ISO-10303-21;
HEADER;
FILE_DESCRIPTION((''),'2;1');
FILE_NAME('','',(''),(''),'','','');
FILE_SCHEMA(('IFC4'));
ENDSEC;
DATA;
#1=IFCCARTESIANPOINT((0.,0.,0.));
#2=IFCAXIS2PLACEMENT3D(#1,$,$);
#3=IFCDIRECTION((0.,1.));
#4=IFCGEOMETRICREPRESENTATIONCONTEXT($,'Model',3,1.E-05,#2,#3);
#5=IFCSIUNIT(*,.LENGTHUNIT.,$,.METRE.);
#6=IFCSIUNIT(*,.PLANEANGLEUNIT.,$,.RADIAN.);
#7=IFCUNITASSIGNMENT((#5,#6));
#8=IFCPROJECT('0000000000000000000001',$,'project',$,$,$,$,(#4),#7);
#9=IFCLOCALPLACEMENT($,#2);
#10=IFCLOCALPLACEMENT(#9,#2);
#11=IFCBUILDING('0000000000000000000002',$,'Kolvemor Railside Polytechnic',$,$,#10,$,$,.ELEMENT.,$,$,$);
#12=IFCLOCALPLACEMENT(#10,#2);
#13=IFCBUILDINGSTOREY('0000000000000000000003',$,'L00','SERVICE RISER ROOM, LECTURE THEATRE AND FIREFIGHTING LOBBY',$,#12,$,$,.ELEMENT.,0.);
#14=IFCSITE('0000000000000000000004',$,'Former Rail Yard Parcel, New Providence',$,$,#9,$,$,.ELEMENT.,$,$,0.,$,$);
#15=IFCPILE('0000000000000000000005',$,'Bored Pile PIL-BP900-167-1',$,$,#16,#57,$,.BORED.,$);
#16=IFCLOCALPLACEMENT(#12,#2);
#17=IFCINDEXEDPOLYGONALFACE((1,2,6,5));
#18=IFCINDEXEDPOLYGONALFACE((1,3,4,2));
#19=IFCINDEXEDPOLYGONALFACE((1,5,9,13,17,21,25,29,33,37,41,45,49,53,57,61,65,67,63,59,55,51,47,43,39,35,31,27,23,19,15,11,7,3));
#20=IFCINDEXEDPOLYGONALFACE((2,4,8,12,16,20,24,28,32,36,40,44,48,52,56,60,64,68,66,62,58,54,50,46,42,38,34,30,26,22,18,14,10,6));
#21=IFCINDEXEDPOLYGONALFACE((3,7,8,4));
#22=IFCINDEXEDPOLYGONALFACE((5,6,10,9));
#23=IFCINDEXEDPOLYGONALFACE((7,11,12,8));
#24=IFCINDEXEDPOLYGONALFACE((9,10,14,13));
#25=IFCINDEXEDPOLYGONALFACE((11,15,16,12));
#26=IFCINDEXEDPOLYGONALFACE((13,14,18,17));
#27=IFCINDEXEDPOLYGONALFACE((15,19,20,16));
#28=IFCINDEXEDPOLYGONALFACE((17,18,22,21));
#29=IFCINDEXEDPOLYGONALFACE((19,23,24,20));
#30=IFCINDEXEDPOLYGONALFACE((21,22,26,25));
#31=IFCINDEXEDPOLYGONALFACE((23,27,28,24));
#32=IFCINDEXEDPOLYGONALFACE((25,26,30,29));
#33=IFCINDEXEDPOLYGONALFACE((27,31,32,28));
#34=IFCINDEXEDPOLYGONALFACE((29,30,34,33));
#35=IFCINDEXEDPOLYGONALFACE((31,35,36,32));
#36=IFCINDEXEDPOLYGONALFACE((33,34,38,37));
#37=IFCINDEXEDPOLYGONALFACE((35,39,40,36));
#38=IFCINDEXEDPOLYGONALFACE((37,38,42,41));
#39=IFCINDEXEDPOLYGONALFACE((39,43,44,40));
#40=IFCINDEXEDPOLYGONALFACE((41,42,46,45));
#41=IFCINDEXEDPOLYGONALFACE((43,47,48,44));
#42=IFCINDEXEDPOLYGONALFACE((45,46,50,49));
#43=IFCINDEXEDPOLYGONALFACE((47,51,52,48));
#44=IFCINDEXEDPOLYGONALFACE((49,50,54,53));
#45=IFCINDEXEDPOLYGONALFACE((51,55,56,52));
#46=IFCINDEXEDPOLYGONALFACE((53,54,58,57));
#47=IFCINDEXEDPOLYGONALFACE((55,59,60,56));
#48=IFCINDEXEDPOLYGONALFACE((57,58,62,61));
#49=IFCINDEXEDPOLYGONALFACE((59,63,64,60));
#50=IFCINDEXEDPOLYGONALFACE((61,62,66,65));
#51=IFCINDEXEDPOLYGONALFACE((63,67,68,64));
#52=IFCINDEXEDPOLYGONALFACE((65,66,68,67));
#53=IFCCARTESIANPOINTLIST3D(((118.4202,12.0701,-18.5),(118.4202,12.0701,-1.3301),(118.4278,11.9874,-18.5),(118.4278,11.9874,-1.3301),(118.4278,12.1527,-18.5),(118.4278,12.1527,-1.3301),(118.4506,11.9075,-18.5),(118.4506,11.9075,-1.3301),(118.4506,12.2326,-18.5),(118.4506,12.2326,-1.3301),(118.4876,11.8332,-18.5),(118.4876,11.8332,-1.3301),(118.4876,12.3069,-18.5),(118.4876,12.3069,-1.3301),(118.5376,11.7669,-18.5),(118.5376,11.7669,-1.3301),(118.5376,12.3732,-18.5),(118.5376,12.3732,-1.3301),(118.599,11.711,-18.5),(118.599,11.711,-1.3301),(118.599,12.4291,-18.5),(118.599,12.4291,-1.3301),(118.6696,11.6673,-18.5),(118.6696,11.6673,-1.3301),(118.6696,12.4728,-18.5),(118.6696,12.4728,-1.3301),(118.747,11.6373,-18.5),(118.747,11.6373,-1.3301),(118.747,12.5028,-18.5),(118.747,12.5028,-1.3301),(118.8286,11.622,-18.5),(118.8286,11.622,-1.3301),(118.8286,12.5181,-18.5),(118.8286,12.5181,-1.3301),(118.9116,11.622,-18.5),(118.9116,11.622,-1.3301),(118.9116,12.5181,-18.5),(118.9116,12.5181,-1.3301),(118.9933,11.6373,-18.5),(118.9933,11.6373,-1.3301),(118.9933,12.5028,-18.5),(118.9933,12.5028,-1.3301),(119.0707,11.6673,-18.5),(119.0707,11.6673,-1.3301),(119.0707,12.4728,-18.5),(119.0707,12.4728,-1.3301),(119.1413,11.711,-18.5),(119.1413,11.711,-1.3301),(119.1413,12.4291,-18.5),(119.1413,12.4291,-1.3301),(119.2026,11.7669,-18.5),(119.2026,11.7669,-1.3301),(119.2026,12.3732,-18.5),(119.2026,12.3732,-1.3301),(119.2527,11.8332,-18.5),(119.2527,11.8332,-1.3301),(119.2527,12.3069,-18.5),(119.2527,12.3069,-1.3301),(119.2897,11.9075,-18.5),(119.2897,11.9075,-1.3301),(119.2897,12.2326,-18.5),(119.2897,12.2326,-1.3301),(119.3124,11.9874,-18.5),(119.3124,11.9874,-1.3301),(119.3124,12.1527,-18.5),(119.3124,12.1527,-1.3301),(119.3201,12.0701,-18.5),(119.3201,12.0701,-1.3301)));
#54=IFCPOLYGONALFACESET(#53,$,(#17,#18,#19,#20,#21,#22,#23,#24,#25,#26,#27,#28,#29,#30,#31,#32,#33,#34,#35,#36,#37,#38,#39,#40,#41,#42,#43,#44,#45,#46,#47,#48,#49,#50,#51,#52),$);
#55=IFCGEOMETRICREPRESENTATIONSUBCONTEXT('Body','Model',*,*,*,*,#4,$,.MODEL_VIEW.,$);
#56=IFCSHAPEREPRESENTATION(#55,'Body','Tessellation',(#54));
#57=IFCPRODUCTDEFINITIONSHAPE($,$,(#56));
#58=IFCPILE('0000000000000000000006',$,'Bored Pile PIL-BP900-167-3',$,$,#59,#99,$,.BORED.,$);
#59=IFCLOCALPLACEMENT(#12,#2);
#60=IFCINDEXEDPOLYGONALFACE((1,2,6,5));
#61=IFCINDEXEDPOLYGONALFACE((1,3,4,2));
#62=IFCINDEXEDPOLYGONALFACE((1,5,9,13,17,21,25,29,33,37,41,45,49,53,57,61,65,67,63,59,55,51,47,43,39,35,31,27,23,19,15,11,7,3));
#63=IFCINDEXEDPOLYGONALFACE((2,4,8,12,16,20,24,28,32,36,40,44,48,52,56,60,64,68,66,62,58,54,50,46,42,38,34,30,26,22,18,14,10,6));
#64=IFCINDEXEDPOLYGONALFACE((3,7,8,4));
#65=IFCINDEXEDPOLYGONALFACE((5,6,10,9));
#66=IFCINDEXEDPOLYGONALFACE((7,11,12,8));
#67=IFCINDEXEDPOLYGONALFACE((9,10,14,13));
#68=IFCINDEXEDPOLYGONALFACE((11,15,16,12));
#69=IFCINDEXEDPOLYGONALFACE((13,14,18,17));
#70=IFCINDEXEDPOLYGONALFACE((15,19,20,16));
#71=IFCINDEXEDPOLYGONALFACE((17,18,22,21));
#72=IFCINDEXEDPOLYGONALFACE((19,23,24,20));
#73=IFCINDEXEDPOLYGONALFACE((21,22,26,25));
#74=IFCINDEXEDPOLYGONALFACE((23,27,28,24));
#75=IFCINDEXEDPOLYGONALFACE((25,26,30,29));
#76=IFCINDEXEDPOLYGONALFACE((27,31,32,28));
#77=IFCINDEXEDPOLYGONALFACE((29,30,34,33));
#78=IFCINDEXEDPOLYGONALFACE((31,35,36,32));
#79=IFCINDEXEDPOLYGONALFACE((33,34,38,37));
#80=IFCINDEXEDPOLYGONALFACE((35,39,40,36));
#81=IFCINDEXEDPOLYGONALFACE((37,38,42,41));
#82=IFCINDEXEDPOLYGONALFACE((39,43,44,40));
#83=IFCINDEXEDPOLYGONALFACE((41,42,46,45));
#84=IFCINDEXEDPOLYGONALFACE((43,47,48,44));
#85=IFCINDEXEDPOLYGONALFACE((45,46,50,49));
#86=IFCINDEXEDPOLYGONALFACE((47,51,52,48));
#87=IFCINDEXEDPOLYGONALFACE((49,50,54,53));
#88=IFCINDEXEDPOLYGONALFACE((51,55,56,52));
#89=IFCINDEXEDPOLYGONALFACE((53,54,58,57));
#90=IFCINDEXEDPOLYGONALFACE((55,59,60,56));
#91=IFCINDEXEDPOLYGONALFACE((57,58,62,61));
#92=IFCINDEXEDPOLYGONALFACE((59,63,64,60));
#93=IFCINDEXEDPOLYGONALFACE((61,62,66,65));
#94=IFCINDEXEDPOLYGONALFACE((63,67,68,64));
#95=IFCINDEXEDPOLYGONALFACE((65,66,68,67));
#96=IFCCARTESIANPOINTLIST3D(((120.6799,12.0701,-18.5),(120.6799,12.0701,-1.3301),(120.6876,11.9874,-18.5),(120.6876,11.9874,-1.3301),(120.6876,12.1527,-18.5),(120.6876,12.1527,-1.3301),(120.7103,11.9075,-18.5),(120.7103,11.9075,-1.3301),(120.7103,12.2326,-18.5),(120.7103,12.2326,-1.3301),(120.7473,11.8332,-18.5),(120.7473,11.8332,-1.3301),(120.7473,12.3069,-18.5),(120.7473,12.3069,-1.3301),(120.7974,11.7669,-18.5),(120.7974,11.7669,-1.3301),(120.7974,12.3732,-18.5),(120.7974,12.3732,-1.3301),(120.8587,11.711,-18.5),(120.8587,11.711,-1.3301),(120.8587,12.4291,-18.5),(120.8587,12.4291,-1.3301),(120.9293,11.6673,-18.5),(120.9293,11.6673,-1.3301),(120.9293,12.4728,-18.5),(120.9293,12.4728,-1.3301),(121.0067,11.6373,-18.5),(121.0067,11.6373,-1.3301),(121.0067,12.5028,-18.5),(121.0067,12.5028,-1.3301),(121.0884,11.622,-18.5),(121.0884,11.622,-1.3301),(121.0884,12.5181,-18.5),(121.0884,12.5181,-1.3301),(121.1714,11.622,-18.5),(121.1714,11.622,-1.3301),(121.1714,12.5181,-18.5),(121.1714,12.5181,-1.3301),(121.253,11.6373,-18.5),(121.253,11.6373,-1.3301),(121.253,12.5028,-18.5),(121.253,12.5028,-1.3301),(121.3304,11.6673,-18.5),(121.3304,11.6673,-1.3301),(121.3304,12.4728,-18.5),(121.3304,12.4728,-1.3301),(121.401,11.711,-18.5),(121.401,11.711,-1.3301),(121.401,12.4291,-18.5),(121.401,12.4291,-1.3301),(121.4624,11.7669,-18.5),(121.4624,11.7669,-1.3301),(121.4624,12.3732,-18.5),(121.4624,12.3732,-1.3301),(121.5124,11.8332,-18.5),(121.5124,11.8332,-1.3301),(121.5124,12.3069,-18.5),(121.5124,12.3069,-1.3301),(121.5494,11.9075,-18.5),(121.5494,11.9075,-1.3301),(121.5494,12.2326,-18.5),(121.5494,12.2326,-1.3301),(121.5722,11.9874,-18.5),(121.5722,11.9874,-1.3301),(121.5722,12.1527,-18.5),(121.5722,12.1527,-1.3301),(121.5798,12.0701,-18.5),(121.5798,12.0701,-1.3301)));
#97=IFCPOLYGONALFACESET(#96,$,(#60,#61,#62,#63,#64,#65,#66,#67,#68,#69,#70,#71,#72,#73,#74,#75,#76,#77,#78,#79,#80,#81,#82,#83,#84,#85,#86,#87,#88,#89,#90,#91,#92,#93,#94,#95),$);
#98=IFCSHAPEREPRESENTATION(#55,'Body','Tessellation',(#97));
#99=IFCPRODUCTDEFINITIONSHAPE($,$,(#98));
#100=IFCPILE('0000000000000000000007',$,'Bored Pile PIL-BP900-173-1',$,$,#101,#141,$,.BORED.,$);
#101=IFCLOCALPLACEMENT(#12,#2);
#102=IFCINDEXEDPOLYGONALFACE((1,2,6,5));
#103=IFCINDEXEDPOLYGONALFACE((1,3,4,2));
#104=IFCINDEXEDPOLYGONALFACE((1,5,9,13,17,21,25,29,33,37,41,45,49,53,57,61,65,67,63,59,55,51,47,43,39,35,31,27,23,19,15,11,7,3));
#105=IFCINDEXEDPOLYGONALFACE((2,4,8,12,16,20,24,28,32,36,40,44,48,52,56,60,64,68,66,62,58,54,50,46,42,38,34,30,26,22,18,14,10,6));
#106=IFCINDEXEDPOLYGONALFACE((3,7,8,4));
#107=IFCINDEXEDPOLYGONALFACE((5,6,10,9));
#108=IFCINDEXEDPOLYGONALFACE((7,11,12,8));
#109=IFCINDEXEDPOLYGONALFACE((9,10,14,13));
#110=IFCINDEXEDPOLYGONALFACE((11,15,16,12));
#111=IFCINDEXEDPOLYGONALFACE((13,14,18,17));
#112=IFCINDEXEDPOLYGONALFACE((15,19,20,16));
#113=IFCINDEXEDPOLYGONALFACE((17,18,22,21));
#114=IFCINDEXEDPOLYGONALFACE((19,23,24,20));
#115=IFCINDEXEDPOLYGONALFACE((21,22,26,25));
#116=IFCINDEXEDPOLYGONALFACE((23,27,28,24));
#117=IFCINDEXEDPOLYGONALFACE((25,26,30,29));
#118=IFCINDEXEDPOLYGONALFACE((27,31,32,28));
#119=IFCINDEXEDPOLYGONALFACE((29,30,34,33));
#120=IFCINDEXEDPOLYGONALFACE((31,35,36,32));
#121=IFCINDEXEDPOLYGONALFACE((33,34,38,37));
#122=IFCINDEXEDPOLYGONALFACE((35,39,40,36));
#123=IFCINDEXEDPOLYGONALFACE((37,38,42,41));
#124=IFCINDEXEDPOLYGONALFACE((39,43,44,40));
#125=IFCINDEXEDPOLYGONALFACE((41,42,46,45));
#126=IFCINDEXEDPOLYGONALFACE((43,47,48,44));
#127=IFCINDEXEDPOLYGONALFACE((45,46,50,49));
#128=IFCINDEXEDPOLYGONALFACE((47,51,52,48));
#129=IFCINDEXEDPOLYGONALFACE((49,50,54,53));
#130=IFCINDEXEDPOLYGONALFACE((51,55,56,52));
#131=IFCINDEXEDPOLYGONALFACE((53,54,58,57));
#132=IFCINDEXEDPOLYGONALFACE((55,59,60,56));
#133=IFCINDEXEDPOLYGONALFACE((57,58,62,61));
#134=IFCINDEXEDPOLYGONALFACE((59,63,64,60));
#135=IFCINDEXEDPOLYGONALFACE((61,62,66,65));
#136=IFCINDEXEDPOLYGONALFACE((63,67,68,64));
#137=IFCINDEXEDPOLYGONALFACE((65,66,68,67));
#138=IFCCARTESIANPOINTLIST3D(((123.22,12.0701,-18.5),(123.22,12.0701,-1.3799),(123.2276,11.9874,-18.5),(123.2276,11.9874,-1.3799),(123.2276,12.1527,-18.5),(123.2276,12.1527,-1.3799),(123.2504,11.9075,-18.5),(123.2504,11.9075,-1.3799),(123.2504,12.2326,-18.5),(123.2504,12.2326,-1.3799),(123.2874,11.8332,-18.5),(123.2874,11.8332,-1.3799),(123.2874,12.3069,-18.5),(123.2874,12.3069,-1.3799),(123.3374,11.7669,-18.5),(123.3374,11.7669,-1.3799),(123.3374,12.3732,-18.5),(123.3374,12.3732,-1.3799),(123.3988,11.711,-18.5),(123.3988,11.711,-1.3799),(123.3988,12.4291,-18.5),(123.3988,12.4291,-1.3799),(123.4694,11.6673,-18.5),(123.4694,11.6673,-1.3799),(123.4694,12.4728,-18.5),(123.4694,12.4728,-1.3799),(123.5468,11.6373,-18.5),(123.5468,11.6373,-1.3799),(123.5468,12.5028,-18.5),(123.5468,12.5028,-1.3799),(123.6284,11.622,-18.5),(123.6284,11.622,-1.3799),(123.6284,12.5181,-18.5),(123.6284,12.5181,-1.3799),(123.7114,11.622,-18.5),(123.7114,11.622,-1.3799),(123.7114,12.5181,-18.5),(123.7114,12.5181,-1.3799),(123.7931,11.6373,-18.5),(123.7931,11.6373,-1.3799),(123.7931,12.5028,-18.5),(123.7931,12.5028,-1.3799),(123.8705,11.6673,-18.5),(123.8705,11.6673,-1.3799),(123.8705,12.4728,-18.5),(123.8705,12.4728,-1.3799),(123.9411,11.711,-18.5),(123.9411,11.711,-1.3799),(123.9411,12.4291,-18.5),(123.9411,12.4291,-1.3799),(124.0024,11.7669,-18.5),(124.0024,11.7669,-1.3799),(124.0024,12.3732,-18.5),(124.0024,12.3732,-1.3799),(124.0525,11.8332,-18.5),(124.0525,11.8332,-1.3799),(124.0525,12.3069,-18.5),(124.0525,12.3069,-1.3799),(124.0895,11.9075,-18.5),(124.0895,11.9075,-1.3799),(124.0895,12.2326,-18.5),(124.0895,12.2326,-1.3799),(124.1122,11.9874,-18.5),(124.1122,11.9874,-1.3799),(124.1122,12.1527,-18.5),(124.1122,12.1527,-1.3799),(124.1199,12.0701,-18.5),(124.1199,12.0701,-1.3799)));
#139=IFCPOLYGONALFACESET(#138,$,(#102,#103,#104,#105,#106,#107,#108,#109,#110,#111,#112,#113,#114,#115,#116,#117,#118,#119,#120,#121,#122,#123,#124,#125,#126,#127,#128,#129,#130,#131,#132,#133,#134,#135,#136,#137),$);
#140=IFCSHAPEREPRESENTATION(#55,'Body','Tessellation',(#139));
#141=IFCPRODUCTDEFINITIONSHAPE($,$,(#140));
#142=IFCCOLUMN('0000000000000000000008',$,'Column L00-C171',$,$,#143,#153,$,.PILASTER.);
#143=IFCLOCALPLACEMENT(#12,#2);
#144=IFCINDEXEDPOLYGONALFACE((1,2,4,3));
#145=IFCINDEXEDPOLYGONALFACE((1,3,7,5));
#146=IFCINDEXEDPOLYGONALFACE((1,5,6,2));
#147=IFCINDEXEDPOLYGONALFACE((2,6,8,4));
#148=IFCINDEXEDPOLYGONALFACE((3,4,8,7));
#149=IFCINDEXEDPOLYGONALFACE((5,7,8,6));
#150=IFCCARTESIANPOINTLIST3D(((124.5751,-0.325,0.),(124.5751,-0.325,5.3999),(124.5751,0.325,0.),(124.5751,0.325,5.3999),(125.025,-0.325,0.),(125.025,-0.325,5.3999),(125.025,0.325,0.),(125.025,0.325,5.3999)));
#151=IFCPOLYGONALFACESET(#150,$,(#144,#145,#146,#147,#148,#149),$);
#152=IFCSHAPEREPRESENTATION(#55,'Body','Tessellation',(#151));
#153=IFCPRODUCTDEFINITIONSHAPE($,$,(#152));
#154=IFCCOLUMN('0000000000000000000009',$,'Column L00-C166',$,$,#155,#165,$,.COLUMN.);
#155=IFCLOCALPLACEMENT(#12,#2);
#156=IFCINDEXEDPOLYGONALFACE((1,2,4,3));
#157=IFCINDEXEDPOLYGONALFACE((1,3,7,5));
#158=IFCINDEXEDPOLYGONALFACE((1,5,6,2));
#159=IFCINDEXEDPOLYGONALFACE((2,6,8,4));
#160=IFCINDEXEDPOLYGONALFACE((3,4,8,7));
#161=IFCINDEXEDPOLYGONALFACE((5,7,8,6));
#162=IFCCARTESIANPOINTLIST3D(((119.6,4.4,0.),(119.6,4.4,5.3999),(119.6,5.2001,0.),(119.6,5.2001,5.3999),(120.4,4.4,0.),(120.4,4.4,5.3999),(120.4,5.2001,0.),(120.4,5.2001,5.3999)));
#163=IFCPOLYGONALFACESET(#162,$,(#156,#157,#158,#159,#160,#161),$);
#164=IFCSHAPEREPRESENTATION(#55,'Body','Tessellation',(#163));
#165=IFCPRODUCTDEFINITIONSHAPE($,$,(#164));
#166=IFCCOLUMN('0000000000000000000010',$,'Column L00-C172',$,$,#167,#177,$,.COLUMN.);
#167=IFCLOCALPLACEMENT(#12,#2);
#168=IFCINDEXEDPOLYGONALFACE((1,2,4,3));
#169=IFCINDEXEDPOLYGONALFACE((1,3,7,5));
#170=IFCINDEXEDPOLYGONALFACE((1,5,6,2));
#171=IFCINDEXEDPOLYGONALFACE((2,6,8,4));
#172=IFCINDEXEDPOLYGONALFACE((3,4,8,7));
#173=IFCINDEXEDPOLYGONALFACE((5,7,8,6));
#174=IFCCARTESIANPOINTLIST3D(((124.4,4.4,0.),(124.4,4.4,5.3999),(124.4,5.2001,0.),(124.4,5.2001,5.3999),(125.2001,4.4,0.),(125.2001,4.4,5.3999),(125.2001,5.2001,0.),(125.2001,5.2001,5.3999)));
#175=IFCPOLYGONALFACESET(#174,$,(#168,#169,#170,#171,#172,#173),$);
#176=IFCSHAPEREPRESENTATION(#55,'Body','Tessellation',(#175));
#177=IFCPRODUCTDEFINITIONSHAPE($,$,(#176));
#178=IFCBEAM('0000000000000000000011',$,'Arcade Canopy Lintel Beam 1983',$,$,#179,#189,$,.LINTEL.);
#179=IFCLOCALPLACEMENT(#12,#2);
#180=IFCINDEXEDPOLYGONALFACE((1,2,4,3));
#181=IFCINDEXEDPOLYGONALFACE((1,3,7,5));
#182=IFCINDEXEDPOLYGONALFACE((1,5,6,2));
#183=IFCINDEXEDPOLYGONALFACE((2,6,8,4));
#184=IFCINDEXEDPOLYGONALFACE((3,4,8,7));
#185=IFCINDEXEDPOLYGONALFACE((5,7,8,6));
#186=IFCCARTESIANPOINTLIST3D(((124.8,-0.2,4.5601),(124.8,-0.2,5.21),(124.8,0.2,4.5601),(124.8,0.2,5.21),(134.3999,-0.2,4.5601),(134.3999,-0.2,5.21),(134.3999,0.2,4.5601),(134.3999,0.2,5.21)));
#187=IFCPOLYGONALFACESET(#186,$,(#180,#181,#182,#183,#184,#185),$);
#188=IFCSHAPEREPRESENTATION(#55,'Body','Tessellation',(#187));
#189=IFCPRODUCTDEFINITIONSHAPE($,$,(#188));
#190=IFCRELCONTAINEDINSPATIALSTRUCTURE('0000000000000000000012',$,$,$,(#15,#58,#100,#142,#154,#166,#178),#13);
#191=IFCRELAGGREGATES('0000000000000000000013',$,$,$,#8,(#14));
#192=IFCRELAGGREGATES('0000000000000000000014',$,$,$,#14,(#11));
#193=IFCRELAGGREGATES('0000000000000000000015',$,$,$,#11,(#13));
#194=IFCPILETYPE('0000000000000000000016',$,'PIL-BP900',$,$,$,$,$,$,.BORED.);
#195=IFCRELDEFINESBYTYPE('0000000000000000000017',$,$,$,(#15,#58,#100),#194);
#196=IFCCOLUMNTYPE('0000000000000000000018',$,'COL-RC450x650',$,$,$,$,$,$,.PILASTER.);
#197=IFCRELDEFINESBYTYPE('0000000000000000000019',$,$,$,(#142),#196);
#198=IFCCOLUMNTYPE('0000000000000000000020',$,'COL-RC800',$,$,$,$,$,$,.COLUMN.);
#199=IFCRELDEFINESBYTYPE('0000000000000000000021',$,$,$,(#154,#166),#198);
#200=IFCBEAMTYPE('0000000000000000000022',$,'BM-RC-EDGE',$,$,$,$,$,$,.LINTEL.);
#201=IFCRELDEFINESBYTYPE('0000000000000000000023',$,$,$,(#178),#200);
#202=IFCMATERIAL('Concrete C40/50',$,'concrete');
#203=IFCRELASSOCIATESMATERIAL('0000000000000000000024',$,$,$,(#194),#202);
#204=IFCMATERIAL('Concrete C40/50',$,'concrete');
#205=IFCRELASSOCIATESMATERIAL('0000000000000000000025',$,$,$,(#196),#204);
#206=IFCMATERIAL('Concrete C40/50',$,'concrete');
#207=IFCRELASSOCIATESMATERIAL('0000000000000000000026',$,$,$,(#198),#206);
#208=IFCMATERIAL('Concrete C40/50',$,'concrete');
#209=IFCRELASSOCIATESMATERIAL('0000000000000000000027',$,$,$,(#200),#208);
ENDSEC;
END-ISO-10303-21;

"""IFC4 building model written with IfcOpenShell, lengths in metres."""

from ifc_helpers import new_model, si_unit, direction, frame, origin, origin_2d, place, context, subcontext, project, spatial, rectangle, circle, extrude, material, material_profile, profile_set, type_object, element, save


model = new_model("IFC4")

# Units and contexts
model_context = context("Model", 3, precision=1e-05, world=origin(), true_north=direction((0.0, 1.0)))
body_context = subcontext(model_context, "Body", "Model", "MODEL_VIEW")
ifc_project = project(units=[si_unit("LENGTHUNIT", "METRE"), si_unit("PLANEANGLEUNIT", "RADIAN")], contexts=[model_context])

# Site, building, storey
site_placement = place(None, origin())
site = spatial("IfcSite", under=ifc_project, at=site_placement, Name="Former Rail Yard Parcel, New Providence", CompositionType="ELEMENT", RefElevation=0.0)
building_placement = place(site_placement, origin())
building = spatial("IfcBuilding", under=site, at=building_placement, Name="Kolvemor Railside Polytechnic", CompositionType="ELEMENT")
storey_placement = place(building_placement, origin())
storey = spatial("IfcBuildingStorey", under=building, at=storey_placement, Name="L00", Description="SERVICE RISER ROOM, LECTURE THEATRE AND FIREFIGHTING LOBBY", CompositionType="ELEMENT", Elevation=0.0)

# Piles
ifc_material_1 = material(Name="Concrete C40/50", Category="concrete")
ifc_material_profile_1 = material_profile(ifc_material_1, circle(Radius=0.45, at=origin_2d()), Name="BP900")
ifc_profile_set_1 = profile_set([ifc_material_profile_1], Name="Concrete C40/50")
pile_type_1 = type_object("IfcPileType", Name="PIL-BP900", PredefinedType="BORED", material=ifc_profile_set_1)
for number, where, z_axis, x_axis, name in (
    (1, (118.8701, 12.0701, -1.3301), (0.0, 0.0, -1.0), (1.0, 0.0, 0.0), "Bored Pile PIL-BP900-167-1"),
    (2, (121.1299, 12.0701, -1.3301), (0.0, 0.0, -1.0), (1.0, 0.0, 0.0), "Bored Pile PIL-BP900-167-3"),
):
    element("IfcPile", number, at=place(storey_placement, frame(where, z_axis=z_axis, x_axis=x_axis)), inside=storey, type_object=pile_type_1, Name=name, PredefinedType="BORED", context=body_context, shape_type="SweptSolid", body=[
        extrude(circle(Radius=0.45, at=origin_2d()), origin(), (0.0, 0.0, 1.0), 17.1699),
    ])
pile_1_placement = place(storey_placement, frame((123.6699, 12.0701, -1.3799), z_axis=(0.0, 0.0, -1.0), x_axis=(1.0, 0.0, 0.0)))
element("IfcPile", 3, at=pile_1_placement, inside=storey, type_object=pile_type_1, Name="Bored Pile PIL-BP900-173-1", PredefinedType="BORED", context=body_context, shape_type="SweptSolid", body=[
    extrude(circle(Radius=0.45, at=origin_2d()), origin(), (0.0, 0.0, 1.0), 17.1201),
])

# Columns
ifc_material_2 = material(Name="Concrete C40/50", Category="concrete")
ifc_material_profile_2 = material_profile(ifc_material_2, rectangle(XDim=0.45, YDim=0.6499, at=origin_2d()), Name="RC450x650")
ifc_profile_set_2 = profile_set([ifc_material_profile_2], Name="Concrete C40/50")
column_type_1 = type_object("IfcColumnType", Name="COL-RC450x650", PredefinedType="PILASTER", material=ifc_profile_set_2)
column_placement = place(storey_placement, frame((124.8, 0.0, 0.0), z_axis=(0.0, 0.0, 1.0), x_axis=(1.0, 0.0, 0.0)))
element("IfcColumn", 4, at=column_placement, inside=storey, type_object=column_type_1, Name="Column L00-C171", PredefinedType="PILASTER", context=body_context, shape_type="SweptSolid", body=[
    extrude(rectangle(XDim=0.45, YDim=0.6499, at=origin_2d()), origin(), (0.0, 0.0, 1.0), 5.3999),
])
ifc_material_3 = material(Name="Concrete C40/50", Category="concrete")
ifc_material_profile_3 = material_profile(ifc_material_3, rectangle(XDim=0.8, YDim=0.8, at=origin_2d()), Name="RC800x800")
ifc_profile_set_3 = profile_set([ifc_material_profile_3], Name="Concrete C40/50")
column_type_2 = type_object("IfcColumnType", Name="COL-RC800", PredefinedType="COLUMN", material=ifc_profile_set_3)
for number, where, z_axis, x_axis, name in (
    (5, (120.0, 4.8, 0.0), (0.0, 0.0, 1.0), (1.0, 0.0, 0.0), "Column L00-C166"),
    (6, (124.8, 4.8, 0.0), (0.0, 0.0, 1.0), (1.0, 0.0, 0.0), "Column L00-C172"),
):
    element("IfcColumn", number, at=place(storey_placement, frame(where, z_axis=z_axis, x_axis=x_axis)), inside=storey, type_object=column_type_2, Name=name, PredefinedType="COLUMN", context=body_context, shape_type="SweptSolid", body=[
        extrude(rectangle(XDim=0.8, YDim=0.8, at=origin_2d()), origin(), (0.0, 0.0, 1.0), 5.3999),
    ])

# Beam
ifc_material_4 = material(Name="Concrete C40/50", Category="concrete")
ifc_material_profile_4 = material_profile(ifc_material_4, rectangle(XDim=0.3999, YDim=0.6499, at=origin_2d()), Name="RC400x650")
ifc_profile_set_4 = profile_set([ifc_material_profile_4], Name="Concrete C40/50")
beam_type_1 = type_object("IfcBeamType", Name="BM-RC-EDGE", PredefinedType="LINTEL", material=ifc_profile_set_4)
beam_1_placement = place(storey_placement, frame((124.8, 0.0, 4.885), z_axis=(1.0, 0.0, 0.0), x_axis=(0.0, 1.0, 0.0)))
element("IfcBeam", 7, at=beam_1_placement, inside=storey, type_object=beam_type_1, Name="Arcade Canopy Lintel Beam 1983", PredefinedType="LINTEL", context=body_context, shape_type="SweptSolid", body=[
    extrude(rectangle(XDim=0.3999, YDim=0.6499, at=origin_2d()), origin(), (0.0, 0.0, 1.0), 9.5999),
])

save(model, "model.ifc")
